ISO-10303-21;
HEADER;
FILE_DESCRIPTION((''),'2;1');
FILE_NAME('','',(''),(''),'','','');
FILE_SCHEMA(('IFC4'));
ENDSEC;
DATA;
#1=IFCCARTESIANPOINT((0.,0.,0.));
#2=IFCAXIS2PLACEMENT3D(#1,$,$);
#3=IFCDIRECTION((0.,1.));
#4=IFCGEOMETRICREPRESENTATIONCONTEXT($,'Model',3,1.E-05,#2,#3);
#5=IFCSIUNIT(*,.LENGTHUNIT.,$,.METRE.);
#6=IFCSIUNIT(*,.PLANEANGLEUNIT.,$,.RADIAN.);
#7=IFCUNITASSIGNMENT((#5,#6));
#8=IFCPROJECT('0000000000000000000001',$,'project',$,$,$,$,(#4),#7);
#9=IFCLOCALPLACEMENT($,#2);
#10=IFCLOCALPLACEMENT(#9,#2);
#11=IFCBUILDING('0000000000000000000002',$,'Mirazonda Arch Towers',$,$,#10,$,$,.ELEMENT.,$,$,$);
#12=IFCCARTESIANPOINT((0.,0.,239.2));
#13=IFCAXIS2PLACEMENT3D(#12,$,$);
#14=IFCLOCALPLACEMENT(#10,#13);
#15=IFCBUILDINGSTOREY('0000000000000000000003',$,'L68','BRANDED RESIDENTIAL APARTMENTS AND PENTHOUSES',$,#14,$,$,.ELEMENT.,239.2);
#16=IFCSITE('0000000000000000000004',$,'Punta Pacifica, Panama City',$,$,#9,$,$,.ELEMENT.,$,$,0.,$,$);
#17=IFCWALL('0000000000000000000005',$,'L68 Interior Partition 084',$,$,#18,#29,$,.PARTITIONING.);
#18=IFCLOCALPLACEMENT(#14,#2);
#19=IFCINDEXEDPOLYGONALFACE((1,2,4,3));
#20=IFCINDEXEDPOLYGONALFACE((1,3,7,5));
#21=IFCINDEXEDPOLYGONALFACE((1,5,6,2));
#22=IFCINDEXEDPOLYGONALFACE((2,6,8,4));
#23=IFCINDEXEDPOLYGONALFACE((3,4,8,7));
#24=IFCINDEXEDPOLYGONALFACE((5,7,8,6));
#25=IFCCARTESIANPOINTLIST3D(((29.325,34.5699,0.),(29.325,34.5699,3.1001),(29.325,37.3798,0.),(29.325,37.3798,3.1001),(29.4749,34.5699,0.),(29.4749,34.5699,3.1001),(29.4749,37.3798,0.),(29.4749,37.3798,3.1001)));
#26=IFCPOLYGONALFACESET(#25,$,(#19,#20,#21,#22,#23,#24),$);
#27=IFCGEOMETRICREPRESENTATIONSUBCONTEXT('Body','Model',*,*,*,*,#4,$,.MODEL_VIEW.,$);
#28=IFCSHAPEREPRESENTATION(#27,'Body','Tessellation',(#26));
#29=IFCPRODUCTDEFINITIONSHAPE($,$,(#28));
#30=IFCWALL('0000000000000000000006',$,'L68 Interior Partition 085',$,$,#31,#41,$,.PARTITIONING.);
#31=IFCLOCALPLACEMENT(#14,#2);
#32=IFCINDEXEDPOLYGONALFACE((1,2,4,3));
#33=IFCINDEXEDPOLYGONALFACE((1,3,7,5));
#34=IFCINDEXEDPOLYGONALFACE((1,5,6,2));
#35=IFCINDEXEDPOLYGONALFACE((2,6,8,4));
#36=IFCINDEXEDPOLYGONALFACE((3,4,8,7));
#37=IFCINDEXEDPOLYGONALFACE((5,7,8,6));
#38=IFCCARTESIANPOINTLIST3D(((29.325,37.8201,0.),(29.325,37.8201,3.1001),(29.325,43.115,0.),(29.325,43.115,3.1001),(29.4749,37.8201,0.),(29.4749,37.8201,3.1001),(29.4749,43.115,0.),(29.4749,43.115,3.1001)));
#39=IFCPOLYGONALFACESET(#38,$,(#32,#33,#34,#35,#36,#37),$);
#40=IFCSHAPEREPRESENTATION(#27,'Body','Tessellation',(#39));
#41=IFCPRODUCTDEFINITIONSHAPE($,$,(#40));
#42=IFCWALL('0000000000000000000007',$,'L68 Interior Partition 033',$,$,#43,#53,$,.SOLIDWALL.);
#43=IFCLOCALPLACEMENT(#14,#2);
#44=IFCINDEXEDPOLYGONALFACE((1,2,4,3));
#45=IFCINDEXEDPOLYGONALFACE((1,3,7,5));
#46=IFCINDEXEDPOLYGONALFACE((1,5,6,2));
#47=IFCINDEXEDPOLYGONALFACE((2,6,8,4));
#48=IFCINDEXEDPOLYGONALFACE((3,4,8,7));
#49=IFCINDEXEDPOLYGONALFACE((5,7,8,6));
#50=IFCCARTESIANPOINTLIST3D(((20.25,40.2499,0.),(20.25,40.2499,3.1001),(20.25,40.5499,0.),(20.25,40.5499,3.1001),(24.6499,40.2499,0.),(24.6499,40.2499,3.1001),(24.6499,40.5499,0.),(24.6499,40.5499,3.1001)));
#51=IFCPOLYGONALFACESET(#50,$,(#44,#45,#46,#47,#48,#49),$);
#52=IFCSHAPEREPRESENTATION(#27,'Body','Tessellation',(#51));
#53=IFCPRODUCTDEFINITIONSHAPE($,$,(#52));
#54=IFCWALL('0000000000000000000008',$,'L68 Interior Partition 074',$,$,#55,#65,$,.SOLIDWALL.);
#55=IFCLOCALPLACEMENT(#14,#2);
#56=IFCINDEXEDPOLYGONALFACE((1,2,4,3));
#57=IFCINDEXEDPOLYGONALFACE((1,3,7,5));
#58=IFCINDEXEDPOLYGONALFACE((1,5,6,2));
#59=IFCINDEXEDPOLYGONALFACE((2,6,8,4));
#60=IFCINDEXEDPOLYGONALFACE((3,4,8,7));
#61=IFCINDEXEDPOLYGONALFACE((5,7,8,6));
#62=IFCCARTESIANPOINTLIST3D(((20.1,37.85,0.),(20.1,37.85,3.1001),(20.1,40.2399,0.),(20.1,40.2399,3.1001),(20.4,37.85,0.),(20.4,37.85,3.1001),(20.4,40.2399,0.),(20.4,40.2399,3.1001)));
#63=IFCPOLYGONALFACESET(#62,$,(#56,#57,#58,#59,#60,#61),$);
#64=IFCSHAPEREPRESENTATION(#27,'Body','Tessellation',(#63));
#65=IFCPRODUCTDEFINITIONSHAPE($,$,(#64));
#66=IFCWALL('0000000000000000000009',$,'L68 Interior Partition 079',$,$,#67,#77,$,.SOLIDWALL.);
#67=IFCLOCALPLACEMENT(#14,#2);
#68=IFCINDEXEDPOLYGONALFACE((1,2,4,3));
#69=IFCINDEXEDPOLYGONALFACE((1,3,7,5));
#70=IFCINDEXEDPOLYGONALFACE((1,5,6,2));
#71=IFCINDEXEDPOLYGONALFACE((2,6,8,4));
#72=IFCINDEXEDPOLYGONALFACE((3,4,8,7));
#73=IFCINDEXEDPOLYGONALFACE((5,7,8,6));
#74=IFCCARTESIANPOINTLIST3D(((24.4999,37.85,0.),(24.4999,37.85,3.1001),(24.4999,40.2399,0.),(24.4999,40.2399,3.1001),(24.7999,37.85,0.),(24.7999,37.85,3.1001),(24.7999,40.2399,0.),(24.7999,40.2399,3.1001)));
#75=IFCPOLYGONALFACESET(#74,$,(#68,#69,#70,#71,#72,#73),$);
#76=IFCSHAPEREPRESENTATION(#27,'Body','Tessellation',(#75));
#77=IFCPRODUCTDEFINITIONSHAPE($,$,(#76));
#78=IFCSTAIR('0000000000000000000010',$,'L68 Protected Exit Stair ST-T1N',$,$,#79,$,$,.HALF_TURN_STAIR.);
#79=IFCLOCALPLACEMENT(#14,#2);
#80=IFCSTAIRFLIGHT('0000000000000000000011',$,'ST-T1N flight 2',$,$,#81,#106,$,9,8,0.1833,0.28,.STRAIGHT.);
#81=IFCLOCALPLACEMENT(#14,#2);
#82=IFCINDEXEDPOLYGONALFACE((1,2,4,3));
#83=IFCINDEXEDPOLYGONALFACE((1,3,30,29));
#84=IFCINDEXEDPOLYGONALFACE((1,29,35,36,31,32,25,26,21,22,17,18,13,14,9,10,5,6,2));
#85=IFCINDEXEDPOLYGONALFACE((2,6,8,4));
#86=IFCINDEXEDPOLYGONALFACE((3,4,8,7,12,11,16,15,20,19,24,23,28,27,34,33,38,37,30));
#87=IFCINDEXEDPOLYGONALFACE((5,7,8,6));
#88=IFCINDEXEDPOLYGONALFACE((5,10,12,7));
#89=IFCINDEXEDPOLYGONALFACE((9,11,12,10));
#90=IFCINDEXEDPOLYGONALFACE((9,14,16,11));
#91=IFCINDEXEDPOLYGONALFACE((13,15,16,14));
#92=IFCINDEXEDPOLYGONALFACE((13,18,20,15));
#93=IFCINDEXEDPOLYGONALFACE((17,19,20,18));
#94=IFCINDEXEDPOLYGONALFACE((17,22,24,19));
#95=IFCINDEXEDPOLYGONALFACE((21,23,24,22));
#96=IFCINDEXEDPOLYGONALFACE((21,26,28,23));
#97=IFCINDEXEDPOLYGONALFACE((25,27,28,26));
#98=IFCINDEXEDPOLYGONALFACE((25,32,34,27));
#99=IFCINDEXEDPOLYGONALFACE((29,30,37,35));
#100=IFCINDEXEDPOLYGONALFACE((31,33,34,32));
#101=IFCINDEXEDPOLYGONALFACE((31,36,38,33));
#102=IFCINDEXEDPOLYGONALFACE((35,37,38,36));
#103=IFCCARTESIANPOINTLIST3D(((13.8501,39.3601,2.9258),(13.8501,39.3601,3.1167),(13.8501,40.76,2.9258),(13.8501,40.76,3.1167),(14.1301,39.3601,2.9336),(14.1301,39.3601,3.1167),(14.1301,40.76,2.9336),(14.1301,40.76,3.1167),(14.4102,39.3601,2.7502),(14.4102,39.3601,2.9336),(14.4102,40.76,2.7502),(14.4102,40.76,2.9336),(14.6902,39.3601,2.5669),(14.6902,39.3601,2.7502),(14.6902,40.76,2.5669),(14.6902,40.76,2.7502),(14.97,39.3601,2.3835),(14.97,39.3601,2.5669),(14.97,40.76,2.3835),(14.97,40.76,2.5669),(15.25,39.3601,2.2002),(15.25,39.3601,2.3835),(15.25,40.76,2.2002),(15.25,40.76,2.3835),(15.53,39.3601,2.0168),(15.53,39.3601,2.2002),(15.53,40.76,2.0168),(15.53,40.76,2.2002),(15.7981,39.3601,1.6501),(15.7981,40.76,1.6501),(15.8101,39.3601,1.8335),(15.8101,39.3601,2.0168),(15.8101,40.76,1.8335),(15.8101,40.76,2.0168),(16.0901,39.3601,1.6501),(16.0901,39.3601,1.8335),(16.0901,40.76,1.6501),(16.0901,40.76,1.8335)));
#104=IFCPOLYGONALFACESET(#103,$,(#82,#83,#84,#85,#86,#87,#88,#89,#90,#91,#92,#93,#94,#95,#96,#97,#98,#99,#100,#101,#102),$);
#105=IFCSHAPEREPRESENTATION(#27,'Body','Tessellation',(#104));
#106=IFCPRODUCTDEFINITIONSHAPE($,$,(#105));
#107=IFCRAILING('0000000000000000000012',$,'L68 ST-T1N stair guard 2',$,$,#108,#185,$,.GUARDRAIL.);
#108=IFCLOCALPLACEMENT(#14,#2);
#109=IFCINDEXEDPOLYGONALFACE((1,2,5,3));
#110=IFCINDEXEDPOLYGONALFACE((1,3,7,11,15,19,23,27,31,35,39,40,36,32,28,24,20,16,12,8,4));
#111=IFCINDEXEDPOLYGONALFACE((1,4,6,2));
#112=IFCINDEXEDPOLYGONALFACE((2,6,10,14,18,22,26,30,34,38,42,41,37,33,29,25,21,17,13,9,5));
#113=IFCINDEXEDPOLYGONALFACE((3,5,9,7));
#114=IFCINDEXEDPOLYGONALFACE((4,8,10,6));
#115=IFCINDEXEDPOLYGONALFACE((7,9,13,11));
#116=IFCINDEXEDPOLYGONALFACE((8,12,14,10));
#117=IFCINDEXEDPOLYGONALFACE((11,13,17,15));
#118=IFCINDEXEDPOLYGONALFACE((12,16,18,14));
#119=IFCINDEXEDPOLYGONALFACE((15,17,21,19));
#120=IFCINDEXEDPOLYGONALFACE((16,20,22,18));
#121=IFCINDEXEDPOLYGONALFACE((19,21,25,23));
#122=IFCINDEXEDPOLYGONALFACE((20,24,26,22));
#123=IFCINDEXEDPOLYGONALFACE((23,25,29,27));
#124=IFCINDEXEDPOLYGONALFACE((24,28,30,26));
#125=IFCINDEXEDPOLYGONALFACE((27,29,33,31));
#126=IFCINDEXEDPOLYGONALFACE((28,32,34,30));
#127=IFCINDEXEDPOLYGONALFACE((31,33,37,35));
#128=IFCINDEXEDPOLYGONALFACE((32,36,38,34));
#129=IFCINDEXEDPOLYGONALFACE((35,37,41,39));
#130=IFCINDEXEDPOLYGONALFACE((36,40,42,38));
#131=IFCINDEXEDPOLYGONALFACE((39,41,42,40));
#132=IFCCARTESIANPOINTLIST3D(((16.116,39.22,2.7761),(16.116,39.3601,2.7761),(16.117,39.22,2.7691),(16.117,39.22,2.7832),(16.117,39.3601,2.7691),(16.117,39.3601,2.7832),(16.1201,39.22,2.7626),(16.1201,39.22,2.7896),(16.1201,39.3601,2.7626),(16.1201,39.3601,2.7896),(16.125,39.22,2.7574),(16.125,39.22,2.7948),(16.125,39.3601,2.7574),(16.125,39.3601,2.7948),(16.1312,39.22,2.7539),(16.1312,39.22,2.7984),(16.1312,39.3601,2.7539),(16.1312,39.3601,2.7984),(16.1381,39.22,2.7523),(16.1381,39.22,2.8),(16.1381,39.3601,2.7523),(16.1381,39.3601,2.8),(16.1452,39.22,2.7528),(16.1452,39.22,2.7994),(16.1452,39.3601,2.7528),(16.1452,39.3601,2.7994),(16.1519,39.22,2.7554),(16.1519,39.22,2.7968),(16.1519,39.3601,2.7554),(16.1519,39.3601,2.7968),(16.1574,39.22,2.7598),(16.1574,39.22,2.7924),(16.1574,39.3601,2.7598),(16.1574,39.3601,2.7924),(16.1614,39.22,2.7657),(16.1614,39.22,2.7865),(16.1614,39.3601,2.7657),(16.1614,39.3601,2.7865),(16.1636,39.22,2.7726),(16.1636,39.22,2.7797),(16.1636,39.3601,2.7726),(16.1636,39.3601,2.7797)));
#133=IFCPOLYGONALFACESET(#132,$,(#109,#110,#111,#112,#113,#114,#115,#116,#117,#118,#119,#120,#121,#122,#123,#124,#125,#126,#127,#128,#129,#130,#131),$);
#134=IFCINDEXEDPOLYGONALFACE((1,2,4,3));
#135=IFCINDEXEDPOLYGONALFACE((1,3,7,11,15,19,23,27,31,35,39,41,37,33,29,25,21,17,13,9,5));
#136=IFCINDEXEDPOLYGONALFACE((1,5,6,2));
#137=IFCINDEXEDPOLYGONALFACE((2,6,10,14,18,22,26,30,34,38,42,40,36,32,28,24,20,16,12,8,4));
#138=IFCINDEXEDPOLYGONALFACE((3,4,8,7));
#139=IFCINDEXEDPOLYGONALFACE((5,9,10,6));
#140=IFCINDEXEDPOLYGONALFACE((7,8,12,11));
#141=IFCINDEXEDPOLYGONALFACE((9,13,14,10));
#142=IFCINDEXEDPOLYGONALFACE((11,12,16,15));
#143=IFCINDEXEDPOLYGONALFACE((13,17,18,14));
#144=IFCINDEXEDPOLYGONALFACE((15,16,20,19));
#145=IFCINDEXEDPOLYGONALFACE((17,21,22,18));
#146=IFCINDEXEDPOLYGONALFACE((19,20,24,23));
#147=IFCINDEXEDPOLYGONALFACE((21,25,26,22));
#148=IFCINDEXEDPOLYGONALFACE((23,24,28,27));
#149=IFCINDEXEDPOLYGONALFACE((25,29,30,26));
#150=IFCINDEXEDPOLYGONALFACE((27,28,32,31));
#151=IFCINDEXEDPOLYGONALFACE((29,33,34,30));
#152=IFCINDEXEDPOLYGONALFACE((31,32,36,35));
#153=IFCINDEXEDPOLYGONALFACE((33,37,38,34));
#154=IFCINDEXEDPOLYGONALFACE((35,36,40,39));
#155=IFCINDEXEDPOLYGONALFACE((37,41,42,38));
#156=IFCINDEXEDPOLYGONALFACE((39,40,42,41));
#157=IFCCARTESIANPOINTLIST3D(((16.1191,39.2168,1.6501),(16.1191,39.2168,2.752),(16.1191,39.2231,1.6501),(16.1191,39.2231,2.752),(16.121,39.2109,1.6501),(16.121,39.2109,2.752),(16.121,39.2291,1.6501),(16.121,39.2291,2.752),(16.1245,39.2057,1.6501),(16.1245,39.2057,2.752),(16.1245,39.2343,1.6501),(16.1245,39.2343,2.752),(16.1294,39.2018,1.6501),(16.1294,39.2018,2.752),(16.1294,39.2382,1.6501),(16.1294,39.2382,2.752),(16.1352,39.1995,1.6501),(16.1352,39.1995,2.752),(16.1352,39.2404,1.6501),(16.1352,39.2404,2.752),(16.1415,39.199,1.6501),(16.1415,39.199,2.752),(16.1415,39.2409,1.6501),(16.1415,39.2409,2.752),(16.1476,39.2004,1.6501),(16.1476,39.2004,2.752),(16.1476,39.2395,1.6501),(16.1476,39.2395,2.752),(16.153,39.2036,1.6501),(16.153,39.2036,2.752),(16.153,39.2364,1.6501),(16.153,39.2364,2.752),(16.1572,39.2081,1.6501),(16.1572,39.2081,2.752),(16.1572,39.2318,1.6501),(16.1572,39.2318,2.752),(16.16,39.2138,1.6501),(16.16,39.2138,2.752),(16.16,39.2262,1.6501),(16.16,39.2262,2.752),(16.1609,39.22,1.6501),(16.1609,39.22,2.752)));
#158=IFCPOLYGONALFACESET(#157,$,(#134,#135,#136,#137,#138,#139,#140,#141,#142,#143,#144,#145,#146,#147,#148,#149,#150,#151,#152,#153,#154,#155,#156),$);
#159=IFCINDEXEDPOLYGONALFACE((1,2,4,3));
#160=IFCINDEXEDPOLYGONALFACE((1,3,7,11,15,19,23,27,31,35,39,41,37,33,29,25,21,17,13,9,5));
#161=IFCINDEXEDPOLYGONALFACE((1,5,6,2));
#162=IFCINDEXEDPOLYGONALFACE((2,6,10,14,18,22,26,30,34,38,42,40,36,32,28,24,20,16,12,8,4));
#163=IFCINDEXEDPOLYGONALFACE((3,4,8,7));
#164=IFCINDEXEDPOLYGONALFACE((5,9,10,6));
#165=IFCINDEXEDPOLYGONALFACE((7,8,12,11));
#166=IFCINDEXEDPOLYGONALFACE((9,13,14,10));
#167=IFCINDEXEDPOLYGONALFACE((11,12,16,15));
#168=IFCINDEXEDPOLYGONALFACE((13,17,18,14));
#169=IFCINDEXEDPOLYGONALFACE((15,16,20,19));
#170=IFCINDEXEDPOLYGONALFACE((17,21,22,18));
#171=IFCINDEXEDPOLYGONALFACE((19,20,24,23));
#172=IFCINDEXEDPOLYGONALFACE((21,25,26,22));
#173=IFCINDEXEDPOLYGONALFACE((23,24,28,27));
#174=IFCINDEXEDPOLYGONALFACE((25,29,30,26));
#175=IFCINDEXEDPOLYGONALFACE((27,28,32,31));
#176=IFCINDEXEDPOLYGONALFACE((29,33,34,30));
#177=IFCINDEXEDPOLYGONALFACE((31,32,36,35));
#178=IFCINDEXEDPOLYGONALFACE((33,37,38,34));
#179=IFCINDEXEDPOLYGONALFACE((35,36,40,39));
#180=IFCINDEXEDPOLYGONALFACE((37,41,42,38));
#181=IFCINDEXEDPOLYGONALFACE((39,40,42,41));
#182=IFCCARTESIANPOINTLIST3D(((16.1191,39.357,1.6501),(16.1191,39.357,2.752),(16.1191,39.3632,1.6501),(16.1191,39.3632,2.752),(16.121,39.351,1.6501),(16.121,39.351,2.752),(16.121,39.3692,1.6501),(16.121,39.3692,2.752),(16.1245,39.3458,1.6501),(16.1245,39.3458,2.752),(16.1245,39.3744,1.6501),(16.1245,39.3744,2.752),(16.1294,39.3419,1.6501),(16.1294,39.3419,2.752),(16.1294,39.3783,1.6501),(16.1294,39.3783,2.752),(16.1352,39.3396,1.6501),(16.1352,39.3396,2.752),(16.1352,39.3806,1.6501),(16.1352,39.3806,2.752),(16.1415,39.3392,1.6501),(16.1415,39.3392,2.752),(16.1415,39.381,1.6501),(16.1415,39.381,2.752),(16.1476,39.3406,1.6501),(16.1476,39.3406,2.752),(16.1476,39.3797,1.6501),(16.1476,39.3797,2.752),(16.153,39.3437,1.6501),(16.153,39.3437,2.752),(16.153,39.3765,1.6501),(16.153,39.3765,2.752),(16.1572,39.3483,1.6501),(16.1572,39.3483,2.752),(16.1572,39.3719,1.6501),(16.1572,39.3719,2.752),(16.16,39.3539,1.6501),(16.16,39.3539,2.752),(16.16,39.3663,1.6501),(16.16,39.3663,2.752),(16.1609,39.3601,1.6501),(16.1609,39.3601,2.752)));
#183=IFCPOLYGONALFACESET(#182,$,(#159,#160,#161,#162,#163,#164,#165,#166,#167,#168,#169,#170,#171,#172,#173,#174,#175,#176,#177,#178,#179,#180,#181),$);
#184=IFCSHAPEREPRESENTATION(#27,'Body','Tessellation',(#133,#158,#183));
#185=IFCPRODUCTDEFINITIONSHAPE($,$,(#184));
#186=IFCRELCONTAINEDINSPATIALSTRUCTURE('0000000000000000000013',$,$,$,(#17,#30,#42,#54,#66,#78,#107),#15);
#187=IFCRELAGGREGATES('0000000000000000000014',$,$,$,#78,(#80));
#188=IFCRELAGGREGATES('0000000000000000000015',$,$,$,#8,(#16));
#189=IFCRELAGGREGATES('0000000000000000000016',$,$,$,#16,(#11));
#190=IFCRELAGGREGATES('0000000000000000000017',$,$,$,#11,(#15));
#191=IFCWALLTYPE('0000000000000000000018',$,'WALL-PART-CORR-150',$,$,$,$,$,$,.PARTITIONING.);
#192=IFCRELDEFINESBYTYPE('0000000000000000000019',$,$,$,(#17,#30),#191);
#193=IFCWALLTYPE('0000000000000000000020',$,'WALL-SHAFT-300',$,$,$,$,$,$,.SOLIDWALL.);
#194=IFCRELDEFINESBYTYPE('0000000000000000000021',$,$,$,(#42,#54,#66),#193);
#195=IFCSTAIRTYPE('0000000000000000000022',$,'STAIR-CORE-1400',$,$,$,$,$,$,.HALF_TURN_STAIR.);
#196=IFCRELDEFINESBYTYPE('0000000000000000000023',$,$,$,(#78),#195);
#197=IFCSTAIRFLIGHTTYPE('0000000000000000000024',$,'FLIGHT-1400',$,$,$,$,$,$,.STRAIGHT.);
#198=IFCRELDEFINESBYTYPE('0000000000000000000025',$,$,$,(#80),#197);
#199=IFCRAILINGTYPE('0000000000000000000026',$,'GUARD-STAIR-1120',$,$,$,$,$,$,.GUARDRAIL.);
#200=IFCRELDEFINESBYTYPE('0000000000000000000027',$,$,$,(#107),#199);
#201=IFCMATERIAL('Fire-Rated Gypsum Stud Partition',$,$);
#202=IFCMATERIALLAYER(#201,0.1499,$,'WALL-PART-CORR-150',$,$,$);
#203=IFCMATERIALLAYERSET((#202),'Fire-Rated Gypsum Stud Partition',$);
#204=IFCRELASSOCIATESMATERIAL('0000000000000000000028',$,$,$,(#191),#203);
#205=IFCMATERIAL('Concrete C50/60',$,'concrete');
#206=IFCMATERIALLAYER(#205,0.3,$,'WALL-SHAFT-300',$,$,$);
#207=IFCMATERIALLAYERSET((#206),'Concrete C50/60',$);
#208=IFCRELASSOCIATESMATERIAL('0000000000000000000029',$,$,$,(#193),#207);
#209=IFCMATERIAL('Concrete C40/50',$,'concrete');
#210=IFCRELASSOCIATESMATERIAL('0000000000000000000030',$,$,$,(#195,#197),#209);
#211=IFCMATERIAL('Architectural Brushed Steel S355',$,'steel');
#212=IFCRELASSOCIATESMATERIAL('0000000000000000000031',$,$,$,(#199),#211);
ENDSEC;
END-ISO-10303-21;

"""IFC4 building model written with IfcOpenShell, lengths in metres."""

from ifc_helpers import new_model, si_unit, direction, frame, frame_2d, origin, origin_2d, place, context, subcontext, project, spatial, polyline, rectangle, circle, outline, extrude, material, layer, layer_set, type_object, element, aggregate, save


model = new_model("IFC4")

# Units and contexts
model_context = context("Model", 3, precision=1e-05, world=origin(), true_north=direction((0.0, 1.0)))
body_context = subcontext(model_context, "Body", "Model", "MODEL_VIEW")
ifc_project = project(units=[si_unit("LENGTHUNIT", "METRE"), si_unit("PLANEANGLEUNIT", "RADIAN")], contexts=[model_context])

# Site, building, storey
site_placement = place(None, origin())
site = spatial("IfcSite", under=ifc_project, at=site_placement, Name="Punta Pacifica, Panama City", CompositionType="ELEMENT", RefElevation=0.0)
building_placement = place(site_placement, origin())
building = spatial("IfcBuilding", under=site, at=building_placement, Name="Mirazonda Arch Towers", CompositionType="ELEMENT")
storey_placement = place(building_placement, frame((0.0, 0.0, 239.2)))
storey = spatial("IfcBuildingStorey", under=building, at=storey_placement, Name="L68", Description="BRANDED RESIDENTIAL APARTMENTS AND PENTHOUSES", CompositionType="ELEMENT", Elevation=239.2)

# Shared definitions
ifc_material_1 = material(Name="Concrete C50/60", Category="concrete")

# Walls
ifc_material_2 = material(Name="Concrete C40/50", Category="concrete")
ifc_material_3 = material(Name="Fire-Rated Gypsum Stud Partition")
ifc_layer_1 = layer(ifc_material_3, 0.1499, Name="WALL-PART-CORR-150")
ifc_layer_set_1 = layer_set([ifc_layer_1], Name="Fire-Rated Gypsum Stud Partition")
wall_type_1 = type_object("IfcWallType", Name="WALL-PART-CORR-150", PredefinedType="PARTITIONING", material=ifc_layer_set_1)
wall_1_placement = place(storey_placement, frame((29.3999, 34.5701, 0.0), z_axis=(0.0, 0.0, 1.0), x_axis=(0.0, 1.0, 0.0)))
element("IfcWall", 1, at=wall_1_placement, inside=storey, type_object=wall_type_1, Name="L68 Interior Partition 084", PredefinedType="PARTITIONING", context=body_context, shape_type="SweptSolid", body=[
    extrude(rectangle(XDim=2.8098, YDim=0.1499, at=frame_2d((1.4048, 0.0))), origin(), (0.0, 0.0, 1.0), 3.1001),
])
wall_2_placement = place(storey_placement, frame((29.3999, 37.8201, 0.0), z_axis=(0.0, 0.0, 1.0), x_axis=(0.0, 1.0, 0.0)))
element("IfcWall", 2, at=wall_2_placement, inside=storey, type_object=wall_type_1, Name="L68 Interior Partition 085", PredefinedType="PARTITIONING", context=body_context, shape_type="SweptSolid", body=[
    extrude(rectangle(XDim=5.2949, YDim=0.1499, at=frame_2d((2.6475, 0.0))), origin(), (0.0, 0.0, 1.0), 3.1001),
])
ifc_layer_2 = layer(ifc_material_1, 0.3, Name="WALL-SHAFT-300")
ifc_layer_set_2 = layer_set([ifc_layer_2], Name="Concrete C50/60")
wall_type_2 = type_object("IfcWallType", Name="WALL-SHAFT-300", PredefinedType="SOLIDWALL", material=ifc_layer_set_2)
wall_3_placement = place(storey_placement, frame((20.25, 40.3999, 0.0), z_axis=(0.0, 0.0, 1.0), x_axis=(1.0, 0.0, 0.0)))
element("IfcWall", 3, at=wall_3_placement, inside=storey, type_object=wall_type_2, Name="L68 Interior Partition 033", PredefinedType="SOLIDWALL", context=body_context, shape_type="SweptSolid", body=[
    extrude(rectangle(XDim=4.3999, YDim=0.3, at=frame_2d((2.2, 0.0))), origin(), (0.0, 0.0, 1.0), 3.1001),
])
for number, where, z_axis, x_axis, name in (
    (4, (20.25, 37.8501, 0.0), (0.0, 0.0, 1.0), (0.0, 1.0, 0.0), "L68 Interior Partition 074"),
    (5, (24.6499, 37.8501, 0.0), (0.0, 0.0, 1.0), (0.0, 1.0, 0.0), "L68 Interior Partition 079"),
):
    element("IfcWall", number, at=place(storey_placement, frame(where, z_axis=z_axis, x_axis=x_axis)), inside=storey, type_object=wall_type_2, Name=name, PredefinedType="SOLIDWALL", context=body_context, shape_type="SweptSolid", body=[
        extrude(rectangle(XDim=2.3899, YDim=0.3, at=frame_2d((1.1948, 0.0))), origin(), (0.0, 0.0, 1.0), 3.1001),
    ])

# Stair, stair flight
stair_type = type_object("IfcStairType", Name="STAIR-CORE-1400", PredefinedType="HALF_TURN_STAIR", material=ifc_material_2)
stair_placement = place(storey_placement, origin())
stair = element("IfcStair", 6, at=stair_placement, inside=storey, type_object=stair_type, Name="L68 Protected Exit Stair ST-T1N", PredefinedType="HALF_TURN_STAIR")
stair_flight_type = type_object("IfcStairFlightType", Name="FLIGHT-1400", PredefinedType="STRAIGHT", material=ifc_material_2)
stair_flight_placement = place(storey_placement, frame((16.0901, 40.0601, 1.6501), z_axis=(0.0, 0.0, 1.0), x_axis=(-1.0, 0.0, 0.0)))
stair_flight = element("IfcStairFlight", 7, at=stair_flight_placement, type_object=stair_flight_type, Name="ST-T1N flight 2", NumberOfRisers=9, NumberOfTreads=8, PredefinedType="STRAIGHT", RiserHeight=0.1833, TreadLength=0.28, context=body_context, shape_type="SweptSolid", body=[
    extrude(outline(polyline([(0.0, 0.0), (0.0, 0.1833), (0.28, 0.1833), (0.28, 0.3667), (0.5601, 0.3667), (0.5601, 0.55), (0.8401, 0.55), (0.8401, 0.7334), (1.1201, 0.7334), (1.1201, 0.9167), (1.3999, 0.9167), (1.3999, 1.1001), (1.6799, 1.1001), (1.6799, 1.2834), (1.96, 1.2834), (1.96, 1.4666), (2.24, 1.4666), (2.24, 1.6499), (2.24, 1.2756), (0.292, 0.0), (0.0, 0.0)])), frame((0.0, 0.7, 0.0), z_axis=(0.0, -1.0, 0.0), x_axis=(1.0, 0.0, 0.0)), (0.0, 0.0, 1.0), 1.3999),
])
aggregate(stair, [stair_flight])

# Railing
ifc_material_4 = material(Name="Architectural Brushed Steel S355", Category="steel")
railing_type_1 = type_object("IfcRailingType", Name="GUARD-STAIR-1120", PredefinedType="GUARDRAIL", material=ifc_material_4)
railing_1_placement = place(storey_placement, frame((16.1399, 39.22, 1.6501)))
element("IfcRailing", 8, at=railing_1_placement, inside=storey, type_object=railing_type_1, Name="L68 ST-T1N stair guard 2", PredefinedType="GUARDRAIL", context=body_context, shape_type="SweptSolid", body=[
    extrude(circle(Radius=0.0239, at=origin_2d()), frame((0.0, 0.0, 1.126), z_axis=(0.0, 1.0, 0.0), x_axis=(-1.0, 0.0, 0.0)), (0.0, 0.0, 1.0), 0.1401),
    extrude(circle(Radius=0.021, at=origin_2d()), origin(), (0.0, 0.0, 1.0), 1.1018),
    extrude(circle(Radius=0.021, at=origin_2d()), frame((0.0, 0.1401, 0.0)), (0.0, 0.0, 1.0), 1.1018),
])

save(model, "model.ifc")
